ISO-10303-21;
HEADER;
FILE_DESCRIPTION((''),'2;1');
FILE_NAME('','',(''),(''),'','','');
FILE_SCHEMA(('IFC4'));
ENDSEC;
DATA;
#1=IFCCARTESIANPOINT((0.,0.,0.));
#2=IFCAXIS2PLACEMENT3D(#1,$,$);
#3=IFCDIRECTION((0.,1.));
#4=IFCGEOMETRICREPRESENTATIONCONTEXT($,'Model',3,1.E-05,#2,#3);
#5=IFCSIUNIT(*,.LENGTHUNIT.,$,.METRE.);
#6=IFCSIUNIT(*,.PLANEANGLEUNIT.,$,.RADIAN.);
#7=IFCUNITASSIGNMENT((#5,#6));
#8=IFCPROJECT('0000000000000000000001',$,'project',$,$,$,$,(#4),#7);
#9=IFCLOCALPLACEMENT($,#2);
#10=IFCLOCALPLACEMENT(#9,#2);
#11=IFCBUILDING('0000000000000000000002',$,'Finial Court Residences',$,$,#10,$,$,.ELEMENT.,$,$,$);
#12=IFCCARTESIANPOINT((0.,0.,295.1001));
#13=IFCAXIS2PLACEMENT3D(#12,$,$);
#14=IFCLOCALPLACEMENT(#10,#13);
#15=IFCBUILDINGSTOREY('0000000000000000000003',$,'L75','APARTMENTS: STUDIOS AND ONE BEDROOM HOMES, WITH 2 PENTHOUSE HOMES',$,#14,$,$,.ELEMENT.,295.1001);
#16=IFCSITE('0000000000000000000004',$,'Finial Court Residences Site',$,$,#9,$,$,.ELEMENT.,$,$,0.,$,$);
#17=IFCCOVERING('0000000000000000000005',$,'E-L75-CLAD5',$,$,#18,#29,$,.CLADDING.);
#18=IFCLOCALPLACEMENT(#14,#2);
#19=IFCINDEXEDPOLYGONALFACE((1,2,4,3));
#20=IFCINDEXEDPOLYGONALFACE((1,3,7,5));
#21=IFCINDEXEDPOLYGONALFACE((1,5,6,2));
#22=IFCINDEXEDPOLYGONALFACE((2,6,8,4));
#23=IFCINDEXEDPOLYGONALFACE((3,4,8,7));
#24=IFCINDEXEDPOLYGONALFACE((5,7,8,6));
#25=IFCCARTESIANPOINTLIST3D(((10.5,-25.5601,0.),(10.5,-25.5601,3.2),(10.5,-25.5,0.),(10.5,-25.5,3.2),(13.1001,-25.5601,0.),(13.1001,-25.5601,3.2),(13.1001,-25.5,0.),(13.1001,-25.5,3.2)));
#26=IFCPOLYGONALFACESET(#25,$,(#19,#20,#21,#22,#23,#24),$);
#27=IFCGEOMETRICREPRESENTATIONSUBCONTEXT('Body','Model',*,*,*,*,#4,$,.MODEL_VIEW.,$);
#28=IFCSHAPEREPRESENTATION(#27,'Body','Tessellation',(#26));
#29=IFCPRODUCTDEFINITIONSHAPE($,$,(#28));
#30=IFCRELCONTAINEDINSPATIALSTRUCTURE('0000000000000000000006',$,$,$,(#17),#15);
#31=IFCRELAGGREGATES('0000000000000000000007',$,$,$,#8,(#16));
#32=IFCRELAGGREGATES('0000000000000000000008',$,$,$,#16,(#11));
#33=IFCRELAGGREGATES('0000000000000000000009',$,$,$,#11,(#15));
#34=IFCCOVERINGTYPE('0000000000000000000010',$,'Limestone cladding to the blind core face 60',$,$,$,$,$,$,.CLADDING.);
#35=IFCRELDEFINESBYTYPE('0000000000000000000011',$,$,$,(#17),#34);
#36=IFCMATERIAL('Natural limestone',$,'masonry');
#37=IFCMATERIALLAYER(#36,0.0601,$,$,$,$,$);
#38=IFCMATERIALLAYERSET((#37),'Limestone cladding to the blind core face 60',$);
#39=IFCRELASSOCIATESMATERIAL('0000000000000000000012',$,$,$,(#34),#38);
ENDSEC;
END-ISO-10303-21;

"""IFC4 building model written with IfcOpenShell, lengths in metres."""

from ifc_helpers import new_model, si_unit, direction, frame, origin, place, context, subcontext, project, spatial, polyline, outline, extrude, material, layer, layer_set, type_object, element, save


model = new_model("IFC4")

# Units and contexts
model_context = context("Model", 3, precision=1e-05, world=origin(), true_north=direction((0.0, 1.0)))
body_context = subcontext(model_context, "Body", "Model", "MODEL_VIEW")
ifc_project = project(units=[si_unit("LENGTHUNIT", "METRE"), si_unit("PLANEANGLEUNIT", "RADIAN")], contexts=[model_context])

# Site, building, storey
site_placement = place(None, origin())
site = spatial("IfcSite", under=ifc_project, at=site_placement, Name="Finial Court Residences Site", CompositionType="ELEMENT", RefElevation=0.0)
building_placement = place(site_placement, origin())
building = spatial("IfcBuilding", under=site, at=building_placement, Name="Finial Court Residences", CompositionType="ELEMENT")
storey_placement = place(building_placement, frame((0.0, 0.0, 295.1001)))
storey = spatial("IfcBuildingStorey", under=building, at=storey_placement, Name="L75", Description="APARTMENTS: STUDIOS AND ONE BEDROOM HOMES, WITH 2 PENTHOUSE HOMES", CompositionType="ELEMENT", Elevation=295.1001)

# Covering
ifc_material_1 = material(Name="Natural limestone", Category="masonry")
ifc_layer_1 = layer(ifc_material_1, 0.0601)
ifc_layer_set_1 = layer_set([ifc_layer_1], Name="Limestone cladding to the blind core face 60")
covering_type = type_object("IfcCoveringType", Name="Limestone cladding to the blind core face 60", PredefinedType="CLADDING", material=ifc_layer_set_1)
covering_1_placement = place(storey_placement, origin())
element("IfcCovering", 1, at=covering_1_placement, inside=storey, type_object=covering_type, Name="E-L75-CLAD5", PredefinedType="CLADDING", context=body_context, shape_type="SweptSolid", body=[
    extrude(outline(polyline([(13.1001, -25.5601), (13.1001, -25.5), (10.5, -25.5), (10.5, -25.5601), (13.1001, -25.5601)])), origin(), (0.0, 0.0, 1.0), 3.2),
])

save(model, "model.ifc")
